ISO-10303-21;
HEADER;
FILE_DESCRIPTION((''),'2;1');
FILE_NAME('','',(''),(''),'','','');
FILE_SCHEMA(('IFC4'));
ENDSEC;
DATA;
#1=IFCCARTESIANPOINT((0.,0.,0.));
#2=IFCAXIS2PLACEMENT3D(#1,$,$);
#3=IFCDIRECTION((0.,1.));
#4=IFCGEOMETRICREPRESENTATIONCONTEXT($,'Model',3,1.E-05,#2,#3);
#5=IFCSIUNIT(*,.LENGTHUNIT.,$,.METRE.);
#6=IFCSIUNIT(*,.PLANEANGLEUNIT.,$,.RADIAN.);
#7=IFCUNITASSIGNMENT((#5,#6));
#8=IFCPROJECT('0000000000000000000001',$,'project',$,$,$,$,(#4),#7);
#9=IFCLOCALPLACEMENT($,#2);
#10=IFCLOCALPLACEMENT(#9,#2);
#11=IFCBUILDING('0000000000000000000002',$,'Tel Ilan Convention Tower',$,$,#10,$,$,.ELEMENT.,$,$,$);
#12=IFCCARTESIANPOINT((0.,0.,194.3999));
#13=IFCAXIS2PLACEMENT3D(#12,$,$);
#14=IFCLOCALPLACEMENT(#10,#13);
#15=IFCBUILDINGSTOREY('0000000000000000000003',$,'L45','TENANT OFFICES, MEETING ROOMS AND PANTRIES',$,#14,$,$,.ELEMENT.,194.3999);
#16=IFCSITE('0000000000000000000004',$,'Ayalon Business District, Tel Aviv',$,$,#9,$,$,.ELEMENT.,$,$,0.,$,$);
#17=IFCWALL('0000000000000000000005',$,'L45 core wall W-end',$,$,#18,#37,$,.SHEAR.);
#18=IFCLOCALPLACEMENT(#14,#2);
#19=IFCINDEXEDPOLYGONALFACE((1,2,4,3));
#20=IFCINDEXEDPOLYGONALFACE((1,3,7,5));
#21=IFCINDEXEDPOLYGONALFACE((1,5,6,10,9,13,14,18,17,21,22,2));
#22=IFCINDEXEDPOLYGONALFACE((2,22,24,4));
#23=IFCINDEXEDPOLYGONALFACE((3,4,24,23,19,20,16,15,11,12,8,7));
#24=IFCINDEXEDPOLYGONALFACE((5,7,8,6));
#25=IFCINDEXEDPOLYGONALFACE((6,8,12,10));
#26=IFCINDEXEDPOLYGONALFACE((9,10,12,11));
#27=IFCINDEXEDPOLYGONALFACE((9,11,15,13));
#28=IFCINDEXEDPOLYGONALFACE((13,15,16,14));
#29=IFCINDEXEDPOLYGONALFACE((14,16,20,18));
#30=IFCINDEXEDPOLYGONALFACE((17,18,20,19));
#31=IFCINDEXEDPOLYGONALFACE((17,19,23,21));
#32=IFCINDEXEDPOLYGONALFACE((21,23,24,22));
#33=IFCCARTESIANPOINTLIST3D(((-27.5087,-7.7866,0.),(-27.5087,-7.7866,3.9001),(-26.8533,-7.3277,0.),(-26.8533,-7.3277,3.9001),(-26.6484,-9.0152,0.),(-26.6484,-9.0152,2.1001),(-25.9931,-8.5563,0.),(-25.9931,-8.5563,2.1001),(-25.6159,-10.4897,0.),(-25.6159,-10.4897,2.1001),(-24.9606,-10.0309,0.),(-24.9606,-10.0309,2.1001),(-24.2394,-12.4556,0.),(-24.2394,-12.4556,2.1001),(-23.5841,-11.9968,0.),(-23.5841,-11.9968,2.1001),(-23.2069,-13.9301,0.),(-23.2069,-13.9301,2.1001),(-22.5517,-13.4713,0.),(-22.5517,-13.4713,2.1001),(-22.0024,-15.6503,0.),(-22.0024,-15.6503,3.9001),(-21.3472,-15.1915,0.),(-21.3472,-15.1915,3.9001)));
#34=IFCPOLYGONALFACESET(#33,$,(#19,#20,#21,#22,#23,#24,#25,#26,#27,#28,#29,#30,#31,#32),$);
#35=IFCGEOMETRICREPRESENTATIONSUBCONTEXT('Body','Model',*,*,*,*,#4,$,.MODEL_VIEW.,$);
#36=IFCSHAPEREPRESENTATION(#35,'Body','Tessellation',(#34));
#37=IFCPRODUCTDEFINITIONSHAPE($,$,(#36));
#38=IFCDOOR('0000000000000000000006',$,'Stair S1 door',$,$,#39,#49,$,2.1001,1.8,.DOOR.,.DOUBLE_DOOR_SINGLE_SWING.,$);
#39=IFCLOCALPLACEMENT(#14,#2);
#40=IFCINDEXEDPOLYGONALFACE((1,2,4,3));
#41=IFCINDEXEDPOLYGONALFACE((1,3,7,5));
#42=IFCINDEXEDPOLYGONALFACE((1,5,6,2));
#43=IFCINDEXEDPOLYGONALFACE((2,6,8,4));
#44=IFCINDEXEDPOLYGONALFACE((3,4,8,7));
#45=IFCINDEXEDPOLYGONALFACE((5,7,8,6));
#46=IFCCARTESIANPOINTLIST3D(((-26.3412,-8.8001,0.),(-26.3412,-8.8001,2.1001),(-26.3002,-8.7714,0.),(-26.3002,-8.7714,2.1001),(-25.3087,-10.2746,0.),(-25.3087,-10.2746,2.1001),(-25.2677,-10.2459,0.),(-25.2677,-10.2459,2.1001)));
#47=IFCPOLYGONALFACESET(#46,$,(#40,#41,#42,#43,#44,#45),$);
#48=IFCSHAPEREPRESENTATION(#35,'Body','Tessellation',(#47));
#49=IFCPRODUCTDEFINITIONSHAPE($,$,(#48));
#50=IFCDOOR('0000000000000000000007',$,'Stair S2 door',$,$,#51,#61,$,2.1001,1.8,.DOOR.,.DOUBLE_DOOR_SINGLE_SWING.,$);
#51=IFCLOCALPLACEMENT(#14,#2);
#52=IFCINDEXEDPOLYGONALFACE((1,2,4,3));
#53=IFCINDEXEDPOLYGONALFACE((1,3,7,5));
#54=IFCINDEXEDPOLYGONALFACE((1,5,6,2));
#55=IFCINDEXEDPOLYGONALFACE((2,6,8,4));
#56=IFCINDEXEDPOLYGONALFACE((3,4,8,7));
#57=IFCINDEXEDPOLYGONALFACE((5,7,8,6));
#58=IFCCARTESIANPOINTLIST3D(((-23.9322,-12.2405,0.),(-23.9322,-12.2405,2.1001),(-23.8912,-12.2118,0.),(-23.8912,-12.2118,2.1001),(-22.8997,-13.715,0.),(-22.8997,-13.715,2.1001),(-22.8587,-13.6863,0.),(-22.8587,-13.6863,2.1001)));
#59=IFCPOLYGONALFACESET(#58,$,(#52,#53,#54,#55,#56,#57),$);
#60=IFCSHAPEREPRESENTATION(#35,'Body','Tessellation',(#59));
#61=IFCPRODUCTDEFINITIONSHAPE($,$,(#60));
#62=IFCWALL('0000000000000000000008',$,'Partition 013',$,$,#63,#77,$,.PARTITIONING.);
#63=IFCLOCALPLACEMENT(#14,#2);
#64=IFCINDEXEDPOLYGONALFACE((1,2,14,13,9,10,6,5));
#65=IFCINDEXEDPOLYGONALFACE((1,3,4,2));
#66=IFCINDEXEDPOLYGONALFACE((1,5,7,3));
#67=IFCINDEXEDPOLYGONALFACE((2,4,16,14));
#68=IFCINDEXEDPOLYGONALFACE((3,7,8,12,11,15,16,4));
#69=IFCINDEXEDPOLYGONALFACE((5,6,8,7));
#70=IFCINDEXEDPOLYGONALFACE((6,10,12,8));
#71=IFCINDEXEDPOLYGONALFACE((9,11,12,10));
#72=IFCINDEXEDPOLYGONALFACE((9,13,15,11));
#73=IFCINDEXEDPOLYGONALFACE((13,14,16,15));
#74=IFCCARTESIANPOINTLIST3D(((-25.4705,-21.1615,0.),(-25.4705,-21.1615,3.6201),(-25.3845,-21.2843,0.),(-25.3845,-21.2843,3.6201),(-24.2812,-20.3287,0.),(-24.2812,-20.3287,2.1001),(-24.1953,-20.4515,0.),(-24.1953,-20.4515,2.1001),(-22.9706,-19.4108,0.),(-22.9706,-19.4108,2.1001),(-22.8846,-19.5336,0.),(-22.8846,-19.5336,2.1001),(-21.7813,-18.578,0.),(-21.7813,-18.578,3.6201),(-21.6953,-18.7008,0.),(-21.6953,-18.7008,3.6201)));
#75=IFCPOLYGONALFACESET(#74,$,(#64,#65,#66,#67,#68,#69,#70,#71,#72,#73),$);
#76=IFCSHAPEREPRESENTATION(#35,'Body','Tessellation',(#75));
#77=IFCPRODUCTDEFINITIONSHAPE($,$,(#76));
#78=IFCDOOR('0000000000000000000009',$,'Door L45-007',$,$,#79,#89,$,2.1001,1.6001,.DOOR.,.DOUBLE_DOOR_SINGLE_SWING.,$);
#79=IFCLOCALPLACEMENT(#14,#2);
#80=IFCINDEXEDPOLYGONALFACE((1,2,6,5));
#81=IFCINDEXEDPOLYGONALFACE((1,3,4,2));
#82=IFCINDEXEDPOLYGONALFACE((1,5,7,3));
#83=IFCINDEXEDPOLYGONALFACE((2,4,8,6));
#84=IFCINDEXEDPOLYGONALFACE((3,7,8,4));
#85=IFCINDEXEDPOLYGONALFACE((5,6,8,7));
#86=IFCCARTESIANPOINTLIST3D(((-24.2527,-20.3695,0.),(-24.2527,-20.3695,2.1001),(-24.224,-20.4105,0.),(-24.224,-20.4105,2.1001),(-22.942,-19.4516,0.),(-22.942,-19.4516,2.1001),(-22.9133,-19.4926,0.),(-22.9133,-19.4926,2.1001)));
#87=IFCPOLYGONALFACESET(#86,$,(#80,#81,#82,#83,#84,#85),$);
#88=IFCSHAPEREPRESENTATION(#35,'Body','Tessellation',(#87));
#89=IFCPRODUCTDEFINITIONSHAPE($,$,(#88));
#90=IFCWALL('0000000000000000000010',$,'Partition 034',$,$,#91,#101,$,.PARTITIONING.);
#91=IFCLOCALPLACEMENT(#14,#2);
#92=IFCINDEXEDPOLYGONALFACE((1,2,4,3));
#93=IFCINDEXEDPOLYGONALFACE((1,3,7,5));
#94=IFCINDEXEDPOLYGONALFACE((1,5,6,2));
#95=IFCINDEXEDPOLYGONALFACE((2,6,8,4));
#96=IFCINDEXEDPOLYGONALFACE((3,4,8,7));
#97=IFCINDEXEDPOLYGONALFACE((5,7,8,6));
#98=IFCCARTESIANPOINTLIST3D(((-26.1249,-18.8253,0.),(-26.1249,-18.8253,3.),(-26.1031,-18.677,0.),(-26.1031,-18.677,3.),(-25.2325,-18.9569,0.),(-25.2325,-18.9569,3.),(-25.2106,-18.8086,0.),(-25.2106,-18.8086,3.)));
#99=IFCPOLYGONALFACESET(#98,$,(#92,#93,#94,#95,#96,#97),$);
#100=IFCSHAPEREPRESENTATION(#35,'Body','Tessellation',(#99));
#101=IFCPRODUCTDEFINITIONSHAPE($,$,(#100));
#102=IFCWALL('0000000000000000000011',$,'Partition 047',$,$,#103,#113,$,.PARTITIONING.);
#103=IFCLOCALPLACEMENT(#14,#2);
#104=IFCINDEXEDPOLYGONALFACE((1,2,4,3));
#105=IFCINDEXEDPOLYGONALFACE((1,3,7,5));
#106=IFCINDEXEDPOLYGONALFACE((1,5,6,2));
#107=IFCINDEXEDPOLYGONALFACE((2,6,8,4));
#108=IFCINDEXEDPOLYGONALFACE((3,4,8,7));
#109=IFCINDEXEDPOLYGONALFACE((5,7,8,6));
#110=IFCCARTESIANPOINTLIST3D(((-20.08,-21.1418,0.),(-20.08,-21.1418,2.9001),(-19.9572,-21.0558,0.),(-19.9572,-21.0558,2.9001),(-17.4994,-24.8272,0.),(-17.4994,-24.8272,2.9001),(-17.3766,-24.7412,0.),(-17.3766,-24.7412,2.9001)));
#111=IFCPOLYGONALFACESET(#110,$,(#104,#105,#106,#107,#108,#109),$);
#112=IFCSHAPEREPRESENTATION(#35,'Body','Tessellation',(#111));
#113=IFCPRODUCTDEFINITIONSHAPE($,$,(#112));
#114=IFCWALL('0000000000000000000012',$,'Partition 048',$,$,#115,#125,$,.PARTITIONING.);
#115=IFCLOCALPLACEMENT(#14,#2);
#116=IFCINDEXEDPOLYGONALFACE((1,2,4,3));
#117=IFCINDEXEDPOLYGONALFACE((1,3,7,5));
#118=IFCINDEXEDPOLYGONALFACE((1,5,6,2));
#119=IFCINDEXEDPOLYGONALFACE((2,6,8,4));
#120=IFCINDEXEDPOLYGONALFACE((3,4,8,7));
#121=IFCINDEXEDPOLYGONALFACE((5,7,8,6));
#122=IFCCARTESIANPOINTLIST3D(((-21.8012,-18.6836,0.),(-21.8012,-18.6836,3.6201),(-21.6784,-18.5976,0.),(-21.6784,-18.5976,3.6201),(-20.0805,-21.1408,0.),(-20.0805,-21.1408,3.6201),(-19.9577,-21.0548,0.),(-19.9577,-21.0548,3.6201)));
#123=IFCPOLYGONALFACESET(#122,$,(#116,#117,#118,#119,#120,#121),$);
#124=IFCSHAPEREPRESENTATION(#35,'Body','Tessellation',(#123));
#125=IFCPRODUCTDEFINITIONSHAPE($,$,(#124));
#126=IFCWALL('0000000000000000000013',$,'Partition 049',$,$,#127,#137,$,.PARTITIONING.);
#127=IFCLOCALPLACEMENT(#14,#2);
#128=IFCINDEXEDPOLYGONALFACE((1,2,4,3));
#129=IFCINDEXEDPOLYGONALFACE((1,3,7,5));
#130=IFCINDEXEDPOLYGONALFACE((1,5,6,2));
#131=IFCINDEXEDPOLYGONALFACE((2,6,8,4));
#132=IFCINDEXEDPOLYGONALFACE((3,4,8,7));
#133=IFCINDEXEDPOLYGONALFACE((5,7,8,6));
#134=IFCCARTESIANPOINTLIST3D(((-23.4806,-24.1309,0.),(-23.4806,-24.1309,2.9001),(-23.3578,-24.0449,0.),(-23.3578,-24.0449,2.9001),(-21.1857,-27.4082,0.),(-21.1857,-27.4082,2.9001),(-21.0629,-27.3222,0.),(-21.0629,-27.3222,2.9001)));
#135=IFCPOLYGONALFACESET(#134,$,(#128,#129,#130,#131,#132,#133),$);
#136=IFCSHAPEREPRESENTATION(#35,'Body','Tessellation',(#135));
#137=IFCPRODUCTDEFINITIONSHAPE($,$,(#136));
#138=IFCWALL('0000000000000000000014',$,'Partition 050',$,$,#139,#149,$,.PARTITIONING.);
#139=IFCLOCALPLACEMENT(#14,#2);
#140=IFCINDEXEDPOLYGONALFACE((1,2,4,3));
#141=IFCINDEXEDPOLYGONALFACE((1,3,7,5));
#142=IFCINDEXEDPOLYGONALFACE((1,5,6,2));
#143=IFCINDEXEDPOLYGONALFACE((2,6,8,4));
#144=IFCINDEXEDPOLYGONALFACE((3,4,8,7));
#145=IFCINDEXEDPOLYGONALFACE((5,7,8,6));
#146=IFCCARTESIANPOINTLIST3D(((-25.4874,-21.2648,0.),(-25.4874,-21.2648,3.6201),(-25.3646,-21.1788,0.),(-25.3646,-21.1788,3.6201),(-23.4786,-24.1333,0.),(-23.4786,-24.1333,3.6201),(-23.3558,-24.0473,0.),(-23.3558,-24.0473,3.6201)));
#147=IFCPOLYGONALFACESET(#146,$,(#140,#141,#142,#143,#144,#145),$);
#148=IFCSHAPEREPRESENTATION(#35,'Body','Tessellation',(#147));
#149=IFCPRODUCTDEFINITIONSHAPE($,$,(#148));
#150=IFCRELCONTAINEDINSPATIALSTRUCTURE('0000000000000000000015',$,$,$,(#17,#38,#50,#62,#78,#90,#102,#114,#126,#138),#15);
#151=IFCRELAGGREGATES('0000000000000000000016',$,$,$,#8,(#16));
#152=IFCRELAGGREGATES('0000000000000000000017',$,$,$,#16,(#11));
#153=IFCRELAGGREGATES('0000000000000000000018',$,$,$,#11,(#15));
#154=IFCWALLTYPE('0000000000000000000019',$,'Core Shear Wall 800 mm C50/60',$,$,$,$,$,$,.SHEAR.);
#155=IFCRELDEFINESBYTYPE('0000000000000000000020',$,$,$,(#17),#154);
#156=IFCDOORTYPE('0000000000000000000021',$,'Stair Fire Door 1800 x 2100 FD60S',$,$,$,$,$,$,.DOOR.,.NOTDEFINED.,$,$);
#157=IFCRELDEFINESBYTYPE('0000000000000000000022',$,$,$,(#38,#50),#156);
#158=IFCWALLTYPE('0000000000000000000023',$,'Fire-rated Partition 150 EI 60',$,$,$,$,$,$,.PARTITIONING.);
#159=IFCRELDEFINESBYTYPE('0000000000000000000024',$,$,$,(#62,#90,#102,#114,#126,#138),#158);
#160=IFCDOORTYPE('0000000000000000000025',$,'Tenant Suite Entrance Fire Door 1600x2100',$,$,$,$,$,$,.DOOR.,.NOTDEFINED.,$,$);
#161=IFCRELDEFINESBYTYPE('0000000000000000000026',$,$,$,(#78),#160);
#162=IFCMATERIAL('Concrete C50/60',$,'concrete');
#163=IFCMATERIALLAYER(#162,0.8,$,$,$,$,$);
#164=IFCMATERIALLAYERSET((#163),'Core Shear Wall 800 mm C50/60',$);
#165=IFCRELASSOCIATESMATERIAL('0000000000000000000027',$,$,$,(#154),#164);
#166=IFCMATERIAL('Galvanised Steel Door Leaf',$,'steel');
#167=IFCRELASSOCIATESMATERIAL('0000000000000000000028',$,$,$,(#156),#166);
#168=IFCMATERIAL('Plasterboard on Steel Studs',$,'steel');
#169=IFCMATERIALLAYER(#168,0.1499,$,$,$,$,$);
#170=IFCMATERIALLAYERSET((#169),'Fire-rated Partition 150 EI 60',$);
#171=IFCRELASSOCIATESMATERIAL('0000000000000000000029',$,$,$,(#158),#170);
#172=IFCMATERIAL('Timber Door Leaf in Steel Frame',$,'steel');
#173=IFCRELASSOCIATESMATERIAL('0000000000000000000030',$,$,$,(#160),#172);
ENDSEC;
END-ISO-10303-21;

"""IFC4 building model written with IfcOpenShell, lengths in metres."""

from ifc_helpers import new_model, si_unit, direction, frame, frame_2d, origin, place, context, subcontext, project, spatial, polyline, rectangle, outline, extrude, material, layer, layer_set, type_object, element, fill, save


model = new_model("IFC4")

# Units and contexts
model_context = context("Model", 3, precision=1e-05, world=origin(), true_north=direction((0.0, 1.0)))
body_context = subcontext(model_context, "Body", "Model", "MODEL_VIEW")
ifc_project = project(units=[si_unit("LENGTHUNIT", "METRE"), si_unit("PLANEANGLEUNIT", "RADIAN")], contexts=[model_context])

# Site, building, storey
site_placement = place(None, origin())
site = spatial("IfcSite", under=ifc_project, at=site_placement, Name="Ayalon Business District, Tel Aviv", CompositionType="ELEMENT", RefElevation=0.0)
building_placement = place(site_placement, origin())
building = spatial("IfcBuilding", under=site, at=building_placement, Name="Tel Ilan Convention Tower", CompositionType="ELEMENT")
storey_placement = place(building_placement, frame((0.0, 0.0, 194.3999)))
storey = spatial("IfcBuildingStorey", under=building, at=storey_placement, Name="L45", Description="TENANT OFFICES, MEETING ROOMS AND PANTRIES", CompositionType="ELEMENT", Elevation=194.3999)

# Wall, openings, doors
ifc_material_1 = material(Name="Concrete C50/60", Category="concrete")
ifc_layer_1 = layer(ifc_material_1, 0.8)
ifc_layer_set_1 = layer_set([ifc_layer_1], Name="Core Shear Wall 800 mm C50/60")
wall_type_1 = type_object("IfcWallType", Name="Core Shear Wall 800 mm C50/60", PredefinedType="SHEAR", material=ifc_layer_set_1)
wall_1_placement = place(storey_placement, frame((-21.6748, -15.4209, 0.0), z_axis=(0.0, 0.0, 1.0), x_axis=(-0.573582, 0.819148, 0.0)))
wall_1 = element("IfcWall", 1, at=wall_1_placement, inside=storey, type_object=wall_type_1, Name="L45 core wall W-end", PredefinedType="SHEAR", context=body_context, shape_type="SweptSolid", body=[
    extrude(outline(polyline([(0.0, 0.3999), (0.0, -0.3999), (9.5999, -0.4001), (9.5999, 0.3999), (0.0, 0.3999)])), origin(), (0.0, 0.0, 1.0), 3.9001),
])
opening_1_placement = place(wall_1_placement, frame((6.3, 0.0, 0.0)))
opening_1 = element("IfcOpeningElement", 2, at=opening_1_placement, cuts=wall_1, PredefinedType="OPENING", context=body_context, shape_type="SweptSolid", body=[
    extrude(rectangle(XDim=1.8, YDim=2.1001, at=frame_2d((0.8999, 1.05))), frame((0.0, 0.4099, 0.0), z_axis=(0.0, -1.0, 0.0), x_axis=(1.0, 0.0, 0.0)), (0.0, 0.0, 1.0), 0.8201),
])
opening_2_placement = place(wall_1_placement, frame((2.1001, 0.0, 0.0)))
opening_2 = element("IfcOpeningElement", 3, at=opening_2_placement, cuts=wall_1, PredefinedType="OPENING", context=body_context, shape_type="SweptSolid", body=[
    extrude(rectangle(XDim=1.8, YDim=2.1001, at=frame_2d((0.8999, 1.05))), frame((0.0, 0.4099, 0.0), z_axis=(0.0, -1.0, 0.0), x_axis=(1.0, 0.0, 0.0)), (0.0, 0.0, 1.0), 0.8201),
])
ifc_material_2 = material(Name="Galvanised Steel Door Leaf", Category="steel")
door_type_1 = type_object("IfcDoorType", Name="Stair Fire Door 1800 x 2100 FD60S", OperationType="NOTDEFINED", PredefinedType="DOOR", material=ifc_material_2)
door_1_placement = place(opening_1_placement, origin())
door_1 = element("IfcDoor", 4, at=door_1_placement, inside=storey, type_object=door_type_1, Name="Stair S1 door", OperationType="DOUBLE_DOOR_SINGLE_SWING", OverallHeight=2.1001, OverallWidth=1.8, PredefinedType="DOOR", context=body_context, shape_type="SweptSolid", body=[
    extrude(rectangle(XDim=1.8, YDim=2.1001, at=frame_2d((0.8999, 1.05))), frame((0.0, 0.0249, 0.0), z_axis=(0.0, -1.0, 0.0), x_axis=(1.0, 0.0, 0.0)), (0.0, 0.0, 1.0), 0.05),
])
fill(opening_1, door_1)
door_2_placement = place(opening_2_placement, origin())
door_2 = element("IfcDoor", 5, at=door_2_placement, inside=storey, type_object=door_type_1, Name="Stair S2 door", OperationType="DOUBLE_DOOR_SINGLE_SWING", OverallHeight=2.1001, OverallWidth=1.8, PredefinedType="DOOR", context=body_context, shape_type="SweptSolid", body=[
    extrude(rectangle(XDim=1.8, YDim=2.1001, at=frame_2d((0.8999, 1.05))), frame((0.0, 0.0249, 0.0), z_axis=(0.0, -1.0, 0.0), x_axis=(1.0, 0.0, 0.0)), (0.0, 0.0, 1.0), 0.05),
])
fill(opening_2, door_2)

# Wall, opening, door
ifc_material_3 = material(Name="Plasterboard on Steel Studs", Category="steel")
ifc_layer_2 = layer(ifc_material_3, 0.1499)
ifc_layer_set_2 = layer_set([ifc_layer_2], Name="Fire-rated Partition 150 EI 60")
wall_type_2 = type_object("IfcWallType", Name="Fire-rated Partition 150 EI 60", PredefinedType="PARTITIONING", material=ifc_layer_set_2)
wall_2_placement = place(storey_placement, frame((-21.7383, -18.6394, 0.0), z_axis=(0.0, 0.0, 1.0), x_axis=(-0.819122, -0.573619, 0.0)))
wall_2 = element("IfcWall", 6, at=wall_2_placement, inside=storey, type_object=wall_type_2, Name="Partition 013", PredefinedType="PARTITIONING", context=body_context, shape_type="SweptSolid", body=[
    extrude(rectangle(XDim=4.5039, YDim=0.1499, at=frame_2d((2.252, 0.0))), origin(), (0.0, 0.0, 1.0), 3.6201),
])
opening_3_placement = place(wall_2_placement, frame((1.4519, 0.0, 0.0)))
opening_3 = element("IfcOpeningElement", 7, at=opening_3_placement, cuts=wall_2, PredefinedType="OPENING", context=body_context, shape_type="SweptSolid", body=[
    extrude(rectangle(XDim=1.6001, YDim=2.1001, at=frame_2d((0.8, 1.05))), frame((0.0, 0.085, 0.0), z_axis=(0.0, -1.0, 0.0), x_axis=(1.0, 0.0, 0.0)), (0.0, 0.0, 1.0), 0.1699),
])
ifc_material_4 = material(Name="Timber Door Leaf in Steel Frame", Category="steel")
door_type_2 = type_object("IfcDoorType", Name="Tenant Suite Entrance Fire Door 1600x2100", OperationType="NOTDEFINED", PredefinedType="DOOR", material=ifc_material_4)
door_3_placement = place(opening_3_placement, origin())
door_3 = element("IfcDoor", 8, at=door_3_placement, inside=storey, type_object=door_type_2, Name="Door L45-007", OperationType="DOUBLE_DOOR_SINGLE_SWING", OverallHeight=2.1001, OverallWidth=1.6001, PredefinedType="DOOR", context=body_context, shape_type="SweptSolid", body=[
    extrude(rectangle(XDim=1.6001, YDim=2.1001, at=frame_2d((0.8, 1.05))), frame((0.0, 0.0249, 0.0), z_axis=(0.0, -1.0, 0.0), x_axis=(1.0, 0.0, 0.0)), (0.0, 0.0, 1.0), 0.05),
])
fill(opening_3, door_3)

# Walls
wall_3_placement = place(storey_placement, frame((-25.2214, -18.8828, 0.0), z_axis=(0.0, 0.0, 1.0), x_axis=(-0.989301, 0.145891, 0.0)))
element("IfcWall", 9, at=wall_3_placement, inside=storey, type_object=wall_type_2, Name="Partition 034", PredefinedType="PARTITIONING", context=body_context, shape_type="SweptSolid", body=[
    extrude(rectangle(XDim=0.9021, YDim=0.1499, at=frame_2d((0.4512, 0.0))), origin(), (0.0, 0.0, 1.0), 3.0),
])
wall_4_placement = place(storey_placement, frame((-17.438, -24.7842, 0.0), z_axis=(0.0, 0.0, 1.0), x_axis=(-0.57359, 0.819143, 0.0)))
element("IfcWall", 10, at=wall_4_placement, inside=storey, type_object=wall_type_2, Name="Partition 047", PredefinedType="PARTITIONING", context=body_context, shape_type="SweptSolid", body=[
    extrude(rectangle(XDim=4.499, YDim=0.1499, at=frame_2d((2.2495, 0.0))), origin(), (0.0, 0.0, 1.0), 2.9001),
])
wall_5_placement = place(storey_placement, frame((-20.019, -21.0979, 0.0), z_axis=(0.0, 0.0, 1.0), x_axis=(-0.573599, 0.819136, 0.0)))
element("IfcWall", 11, at=wall_5_placement, inside=storey, type_object=wall_type_2, Name="Partition 048", PredefinedType="PARTITIONING", context=body_context, shape_type="SweptSolid", body=[
    extrude(rectangle(XDim=2.9998, YDim=0.1499, at=frame_2d((1.5, 0.0))), origin(), (0.0, 0.0, 1.0), 3.6201),
])
wall_6_placement = place(storey_placement, frame((-21.1243, -27.3652, 0.0), z_axis=(0.0, 0.0, 1.0), x_axis=(-0.573593, 0.81914, 0.0)))
element("IfcWall", 12, at=wall_6_placement, inside=storey, type_object=wall_type_2, Name="Partition 049", PredefinedType="PARTITIONING", context=body_context, shape_type="SweptSolid", body=[
    extrude(rectangle(XDim=4.001, YDim=0.1499, at=frame_2d((2.0005, 0.0))), origin(), (0.0, 0.0, 1.0), 2.9001),
])
wall_7_placement = place(storey_placement, frame((-23.4172, -24.0903, 0.0), z_axis=(0.0, 0.0, 1.0), x_axis=(-0.573603, 0.819134, 0.0)))
element("IfcWall", 13, at=wall_7_placement, inside=storey, type_object=wall_type_2, Name="Partition 050", PredefinedType="PARTITIONING", context=body_context, shape_type="SweptSolid", body=[
    extrude(rectangle(XDim=3.502, YDim=0.1499, at=frame_2d((1.751, 0.0))), origin(), (0.0, 0.0, 1.0), 3.6201),
])

save(model, "model.ifc")
